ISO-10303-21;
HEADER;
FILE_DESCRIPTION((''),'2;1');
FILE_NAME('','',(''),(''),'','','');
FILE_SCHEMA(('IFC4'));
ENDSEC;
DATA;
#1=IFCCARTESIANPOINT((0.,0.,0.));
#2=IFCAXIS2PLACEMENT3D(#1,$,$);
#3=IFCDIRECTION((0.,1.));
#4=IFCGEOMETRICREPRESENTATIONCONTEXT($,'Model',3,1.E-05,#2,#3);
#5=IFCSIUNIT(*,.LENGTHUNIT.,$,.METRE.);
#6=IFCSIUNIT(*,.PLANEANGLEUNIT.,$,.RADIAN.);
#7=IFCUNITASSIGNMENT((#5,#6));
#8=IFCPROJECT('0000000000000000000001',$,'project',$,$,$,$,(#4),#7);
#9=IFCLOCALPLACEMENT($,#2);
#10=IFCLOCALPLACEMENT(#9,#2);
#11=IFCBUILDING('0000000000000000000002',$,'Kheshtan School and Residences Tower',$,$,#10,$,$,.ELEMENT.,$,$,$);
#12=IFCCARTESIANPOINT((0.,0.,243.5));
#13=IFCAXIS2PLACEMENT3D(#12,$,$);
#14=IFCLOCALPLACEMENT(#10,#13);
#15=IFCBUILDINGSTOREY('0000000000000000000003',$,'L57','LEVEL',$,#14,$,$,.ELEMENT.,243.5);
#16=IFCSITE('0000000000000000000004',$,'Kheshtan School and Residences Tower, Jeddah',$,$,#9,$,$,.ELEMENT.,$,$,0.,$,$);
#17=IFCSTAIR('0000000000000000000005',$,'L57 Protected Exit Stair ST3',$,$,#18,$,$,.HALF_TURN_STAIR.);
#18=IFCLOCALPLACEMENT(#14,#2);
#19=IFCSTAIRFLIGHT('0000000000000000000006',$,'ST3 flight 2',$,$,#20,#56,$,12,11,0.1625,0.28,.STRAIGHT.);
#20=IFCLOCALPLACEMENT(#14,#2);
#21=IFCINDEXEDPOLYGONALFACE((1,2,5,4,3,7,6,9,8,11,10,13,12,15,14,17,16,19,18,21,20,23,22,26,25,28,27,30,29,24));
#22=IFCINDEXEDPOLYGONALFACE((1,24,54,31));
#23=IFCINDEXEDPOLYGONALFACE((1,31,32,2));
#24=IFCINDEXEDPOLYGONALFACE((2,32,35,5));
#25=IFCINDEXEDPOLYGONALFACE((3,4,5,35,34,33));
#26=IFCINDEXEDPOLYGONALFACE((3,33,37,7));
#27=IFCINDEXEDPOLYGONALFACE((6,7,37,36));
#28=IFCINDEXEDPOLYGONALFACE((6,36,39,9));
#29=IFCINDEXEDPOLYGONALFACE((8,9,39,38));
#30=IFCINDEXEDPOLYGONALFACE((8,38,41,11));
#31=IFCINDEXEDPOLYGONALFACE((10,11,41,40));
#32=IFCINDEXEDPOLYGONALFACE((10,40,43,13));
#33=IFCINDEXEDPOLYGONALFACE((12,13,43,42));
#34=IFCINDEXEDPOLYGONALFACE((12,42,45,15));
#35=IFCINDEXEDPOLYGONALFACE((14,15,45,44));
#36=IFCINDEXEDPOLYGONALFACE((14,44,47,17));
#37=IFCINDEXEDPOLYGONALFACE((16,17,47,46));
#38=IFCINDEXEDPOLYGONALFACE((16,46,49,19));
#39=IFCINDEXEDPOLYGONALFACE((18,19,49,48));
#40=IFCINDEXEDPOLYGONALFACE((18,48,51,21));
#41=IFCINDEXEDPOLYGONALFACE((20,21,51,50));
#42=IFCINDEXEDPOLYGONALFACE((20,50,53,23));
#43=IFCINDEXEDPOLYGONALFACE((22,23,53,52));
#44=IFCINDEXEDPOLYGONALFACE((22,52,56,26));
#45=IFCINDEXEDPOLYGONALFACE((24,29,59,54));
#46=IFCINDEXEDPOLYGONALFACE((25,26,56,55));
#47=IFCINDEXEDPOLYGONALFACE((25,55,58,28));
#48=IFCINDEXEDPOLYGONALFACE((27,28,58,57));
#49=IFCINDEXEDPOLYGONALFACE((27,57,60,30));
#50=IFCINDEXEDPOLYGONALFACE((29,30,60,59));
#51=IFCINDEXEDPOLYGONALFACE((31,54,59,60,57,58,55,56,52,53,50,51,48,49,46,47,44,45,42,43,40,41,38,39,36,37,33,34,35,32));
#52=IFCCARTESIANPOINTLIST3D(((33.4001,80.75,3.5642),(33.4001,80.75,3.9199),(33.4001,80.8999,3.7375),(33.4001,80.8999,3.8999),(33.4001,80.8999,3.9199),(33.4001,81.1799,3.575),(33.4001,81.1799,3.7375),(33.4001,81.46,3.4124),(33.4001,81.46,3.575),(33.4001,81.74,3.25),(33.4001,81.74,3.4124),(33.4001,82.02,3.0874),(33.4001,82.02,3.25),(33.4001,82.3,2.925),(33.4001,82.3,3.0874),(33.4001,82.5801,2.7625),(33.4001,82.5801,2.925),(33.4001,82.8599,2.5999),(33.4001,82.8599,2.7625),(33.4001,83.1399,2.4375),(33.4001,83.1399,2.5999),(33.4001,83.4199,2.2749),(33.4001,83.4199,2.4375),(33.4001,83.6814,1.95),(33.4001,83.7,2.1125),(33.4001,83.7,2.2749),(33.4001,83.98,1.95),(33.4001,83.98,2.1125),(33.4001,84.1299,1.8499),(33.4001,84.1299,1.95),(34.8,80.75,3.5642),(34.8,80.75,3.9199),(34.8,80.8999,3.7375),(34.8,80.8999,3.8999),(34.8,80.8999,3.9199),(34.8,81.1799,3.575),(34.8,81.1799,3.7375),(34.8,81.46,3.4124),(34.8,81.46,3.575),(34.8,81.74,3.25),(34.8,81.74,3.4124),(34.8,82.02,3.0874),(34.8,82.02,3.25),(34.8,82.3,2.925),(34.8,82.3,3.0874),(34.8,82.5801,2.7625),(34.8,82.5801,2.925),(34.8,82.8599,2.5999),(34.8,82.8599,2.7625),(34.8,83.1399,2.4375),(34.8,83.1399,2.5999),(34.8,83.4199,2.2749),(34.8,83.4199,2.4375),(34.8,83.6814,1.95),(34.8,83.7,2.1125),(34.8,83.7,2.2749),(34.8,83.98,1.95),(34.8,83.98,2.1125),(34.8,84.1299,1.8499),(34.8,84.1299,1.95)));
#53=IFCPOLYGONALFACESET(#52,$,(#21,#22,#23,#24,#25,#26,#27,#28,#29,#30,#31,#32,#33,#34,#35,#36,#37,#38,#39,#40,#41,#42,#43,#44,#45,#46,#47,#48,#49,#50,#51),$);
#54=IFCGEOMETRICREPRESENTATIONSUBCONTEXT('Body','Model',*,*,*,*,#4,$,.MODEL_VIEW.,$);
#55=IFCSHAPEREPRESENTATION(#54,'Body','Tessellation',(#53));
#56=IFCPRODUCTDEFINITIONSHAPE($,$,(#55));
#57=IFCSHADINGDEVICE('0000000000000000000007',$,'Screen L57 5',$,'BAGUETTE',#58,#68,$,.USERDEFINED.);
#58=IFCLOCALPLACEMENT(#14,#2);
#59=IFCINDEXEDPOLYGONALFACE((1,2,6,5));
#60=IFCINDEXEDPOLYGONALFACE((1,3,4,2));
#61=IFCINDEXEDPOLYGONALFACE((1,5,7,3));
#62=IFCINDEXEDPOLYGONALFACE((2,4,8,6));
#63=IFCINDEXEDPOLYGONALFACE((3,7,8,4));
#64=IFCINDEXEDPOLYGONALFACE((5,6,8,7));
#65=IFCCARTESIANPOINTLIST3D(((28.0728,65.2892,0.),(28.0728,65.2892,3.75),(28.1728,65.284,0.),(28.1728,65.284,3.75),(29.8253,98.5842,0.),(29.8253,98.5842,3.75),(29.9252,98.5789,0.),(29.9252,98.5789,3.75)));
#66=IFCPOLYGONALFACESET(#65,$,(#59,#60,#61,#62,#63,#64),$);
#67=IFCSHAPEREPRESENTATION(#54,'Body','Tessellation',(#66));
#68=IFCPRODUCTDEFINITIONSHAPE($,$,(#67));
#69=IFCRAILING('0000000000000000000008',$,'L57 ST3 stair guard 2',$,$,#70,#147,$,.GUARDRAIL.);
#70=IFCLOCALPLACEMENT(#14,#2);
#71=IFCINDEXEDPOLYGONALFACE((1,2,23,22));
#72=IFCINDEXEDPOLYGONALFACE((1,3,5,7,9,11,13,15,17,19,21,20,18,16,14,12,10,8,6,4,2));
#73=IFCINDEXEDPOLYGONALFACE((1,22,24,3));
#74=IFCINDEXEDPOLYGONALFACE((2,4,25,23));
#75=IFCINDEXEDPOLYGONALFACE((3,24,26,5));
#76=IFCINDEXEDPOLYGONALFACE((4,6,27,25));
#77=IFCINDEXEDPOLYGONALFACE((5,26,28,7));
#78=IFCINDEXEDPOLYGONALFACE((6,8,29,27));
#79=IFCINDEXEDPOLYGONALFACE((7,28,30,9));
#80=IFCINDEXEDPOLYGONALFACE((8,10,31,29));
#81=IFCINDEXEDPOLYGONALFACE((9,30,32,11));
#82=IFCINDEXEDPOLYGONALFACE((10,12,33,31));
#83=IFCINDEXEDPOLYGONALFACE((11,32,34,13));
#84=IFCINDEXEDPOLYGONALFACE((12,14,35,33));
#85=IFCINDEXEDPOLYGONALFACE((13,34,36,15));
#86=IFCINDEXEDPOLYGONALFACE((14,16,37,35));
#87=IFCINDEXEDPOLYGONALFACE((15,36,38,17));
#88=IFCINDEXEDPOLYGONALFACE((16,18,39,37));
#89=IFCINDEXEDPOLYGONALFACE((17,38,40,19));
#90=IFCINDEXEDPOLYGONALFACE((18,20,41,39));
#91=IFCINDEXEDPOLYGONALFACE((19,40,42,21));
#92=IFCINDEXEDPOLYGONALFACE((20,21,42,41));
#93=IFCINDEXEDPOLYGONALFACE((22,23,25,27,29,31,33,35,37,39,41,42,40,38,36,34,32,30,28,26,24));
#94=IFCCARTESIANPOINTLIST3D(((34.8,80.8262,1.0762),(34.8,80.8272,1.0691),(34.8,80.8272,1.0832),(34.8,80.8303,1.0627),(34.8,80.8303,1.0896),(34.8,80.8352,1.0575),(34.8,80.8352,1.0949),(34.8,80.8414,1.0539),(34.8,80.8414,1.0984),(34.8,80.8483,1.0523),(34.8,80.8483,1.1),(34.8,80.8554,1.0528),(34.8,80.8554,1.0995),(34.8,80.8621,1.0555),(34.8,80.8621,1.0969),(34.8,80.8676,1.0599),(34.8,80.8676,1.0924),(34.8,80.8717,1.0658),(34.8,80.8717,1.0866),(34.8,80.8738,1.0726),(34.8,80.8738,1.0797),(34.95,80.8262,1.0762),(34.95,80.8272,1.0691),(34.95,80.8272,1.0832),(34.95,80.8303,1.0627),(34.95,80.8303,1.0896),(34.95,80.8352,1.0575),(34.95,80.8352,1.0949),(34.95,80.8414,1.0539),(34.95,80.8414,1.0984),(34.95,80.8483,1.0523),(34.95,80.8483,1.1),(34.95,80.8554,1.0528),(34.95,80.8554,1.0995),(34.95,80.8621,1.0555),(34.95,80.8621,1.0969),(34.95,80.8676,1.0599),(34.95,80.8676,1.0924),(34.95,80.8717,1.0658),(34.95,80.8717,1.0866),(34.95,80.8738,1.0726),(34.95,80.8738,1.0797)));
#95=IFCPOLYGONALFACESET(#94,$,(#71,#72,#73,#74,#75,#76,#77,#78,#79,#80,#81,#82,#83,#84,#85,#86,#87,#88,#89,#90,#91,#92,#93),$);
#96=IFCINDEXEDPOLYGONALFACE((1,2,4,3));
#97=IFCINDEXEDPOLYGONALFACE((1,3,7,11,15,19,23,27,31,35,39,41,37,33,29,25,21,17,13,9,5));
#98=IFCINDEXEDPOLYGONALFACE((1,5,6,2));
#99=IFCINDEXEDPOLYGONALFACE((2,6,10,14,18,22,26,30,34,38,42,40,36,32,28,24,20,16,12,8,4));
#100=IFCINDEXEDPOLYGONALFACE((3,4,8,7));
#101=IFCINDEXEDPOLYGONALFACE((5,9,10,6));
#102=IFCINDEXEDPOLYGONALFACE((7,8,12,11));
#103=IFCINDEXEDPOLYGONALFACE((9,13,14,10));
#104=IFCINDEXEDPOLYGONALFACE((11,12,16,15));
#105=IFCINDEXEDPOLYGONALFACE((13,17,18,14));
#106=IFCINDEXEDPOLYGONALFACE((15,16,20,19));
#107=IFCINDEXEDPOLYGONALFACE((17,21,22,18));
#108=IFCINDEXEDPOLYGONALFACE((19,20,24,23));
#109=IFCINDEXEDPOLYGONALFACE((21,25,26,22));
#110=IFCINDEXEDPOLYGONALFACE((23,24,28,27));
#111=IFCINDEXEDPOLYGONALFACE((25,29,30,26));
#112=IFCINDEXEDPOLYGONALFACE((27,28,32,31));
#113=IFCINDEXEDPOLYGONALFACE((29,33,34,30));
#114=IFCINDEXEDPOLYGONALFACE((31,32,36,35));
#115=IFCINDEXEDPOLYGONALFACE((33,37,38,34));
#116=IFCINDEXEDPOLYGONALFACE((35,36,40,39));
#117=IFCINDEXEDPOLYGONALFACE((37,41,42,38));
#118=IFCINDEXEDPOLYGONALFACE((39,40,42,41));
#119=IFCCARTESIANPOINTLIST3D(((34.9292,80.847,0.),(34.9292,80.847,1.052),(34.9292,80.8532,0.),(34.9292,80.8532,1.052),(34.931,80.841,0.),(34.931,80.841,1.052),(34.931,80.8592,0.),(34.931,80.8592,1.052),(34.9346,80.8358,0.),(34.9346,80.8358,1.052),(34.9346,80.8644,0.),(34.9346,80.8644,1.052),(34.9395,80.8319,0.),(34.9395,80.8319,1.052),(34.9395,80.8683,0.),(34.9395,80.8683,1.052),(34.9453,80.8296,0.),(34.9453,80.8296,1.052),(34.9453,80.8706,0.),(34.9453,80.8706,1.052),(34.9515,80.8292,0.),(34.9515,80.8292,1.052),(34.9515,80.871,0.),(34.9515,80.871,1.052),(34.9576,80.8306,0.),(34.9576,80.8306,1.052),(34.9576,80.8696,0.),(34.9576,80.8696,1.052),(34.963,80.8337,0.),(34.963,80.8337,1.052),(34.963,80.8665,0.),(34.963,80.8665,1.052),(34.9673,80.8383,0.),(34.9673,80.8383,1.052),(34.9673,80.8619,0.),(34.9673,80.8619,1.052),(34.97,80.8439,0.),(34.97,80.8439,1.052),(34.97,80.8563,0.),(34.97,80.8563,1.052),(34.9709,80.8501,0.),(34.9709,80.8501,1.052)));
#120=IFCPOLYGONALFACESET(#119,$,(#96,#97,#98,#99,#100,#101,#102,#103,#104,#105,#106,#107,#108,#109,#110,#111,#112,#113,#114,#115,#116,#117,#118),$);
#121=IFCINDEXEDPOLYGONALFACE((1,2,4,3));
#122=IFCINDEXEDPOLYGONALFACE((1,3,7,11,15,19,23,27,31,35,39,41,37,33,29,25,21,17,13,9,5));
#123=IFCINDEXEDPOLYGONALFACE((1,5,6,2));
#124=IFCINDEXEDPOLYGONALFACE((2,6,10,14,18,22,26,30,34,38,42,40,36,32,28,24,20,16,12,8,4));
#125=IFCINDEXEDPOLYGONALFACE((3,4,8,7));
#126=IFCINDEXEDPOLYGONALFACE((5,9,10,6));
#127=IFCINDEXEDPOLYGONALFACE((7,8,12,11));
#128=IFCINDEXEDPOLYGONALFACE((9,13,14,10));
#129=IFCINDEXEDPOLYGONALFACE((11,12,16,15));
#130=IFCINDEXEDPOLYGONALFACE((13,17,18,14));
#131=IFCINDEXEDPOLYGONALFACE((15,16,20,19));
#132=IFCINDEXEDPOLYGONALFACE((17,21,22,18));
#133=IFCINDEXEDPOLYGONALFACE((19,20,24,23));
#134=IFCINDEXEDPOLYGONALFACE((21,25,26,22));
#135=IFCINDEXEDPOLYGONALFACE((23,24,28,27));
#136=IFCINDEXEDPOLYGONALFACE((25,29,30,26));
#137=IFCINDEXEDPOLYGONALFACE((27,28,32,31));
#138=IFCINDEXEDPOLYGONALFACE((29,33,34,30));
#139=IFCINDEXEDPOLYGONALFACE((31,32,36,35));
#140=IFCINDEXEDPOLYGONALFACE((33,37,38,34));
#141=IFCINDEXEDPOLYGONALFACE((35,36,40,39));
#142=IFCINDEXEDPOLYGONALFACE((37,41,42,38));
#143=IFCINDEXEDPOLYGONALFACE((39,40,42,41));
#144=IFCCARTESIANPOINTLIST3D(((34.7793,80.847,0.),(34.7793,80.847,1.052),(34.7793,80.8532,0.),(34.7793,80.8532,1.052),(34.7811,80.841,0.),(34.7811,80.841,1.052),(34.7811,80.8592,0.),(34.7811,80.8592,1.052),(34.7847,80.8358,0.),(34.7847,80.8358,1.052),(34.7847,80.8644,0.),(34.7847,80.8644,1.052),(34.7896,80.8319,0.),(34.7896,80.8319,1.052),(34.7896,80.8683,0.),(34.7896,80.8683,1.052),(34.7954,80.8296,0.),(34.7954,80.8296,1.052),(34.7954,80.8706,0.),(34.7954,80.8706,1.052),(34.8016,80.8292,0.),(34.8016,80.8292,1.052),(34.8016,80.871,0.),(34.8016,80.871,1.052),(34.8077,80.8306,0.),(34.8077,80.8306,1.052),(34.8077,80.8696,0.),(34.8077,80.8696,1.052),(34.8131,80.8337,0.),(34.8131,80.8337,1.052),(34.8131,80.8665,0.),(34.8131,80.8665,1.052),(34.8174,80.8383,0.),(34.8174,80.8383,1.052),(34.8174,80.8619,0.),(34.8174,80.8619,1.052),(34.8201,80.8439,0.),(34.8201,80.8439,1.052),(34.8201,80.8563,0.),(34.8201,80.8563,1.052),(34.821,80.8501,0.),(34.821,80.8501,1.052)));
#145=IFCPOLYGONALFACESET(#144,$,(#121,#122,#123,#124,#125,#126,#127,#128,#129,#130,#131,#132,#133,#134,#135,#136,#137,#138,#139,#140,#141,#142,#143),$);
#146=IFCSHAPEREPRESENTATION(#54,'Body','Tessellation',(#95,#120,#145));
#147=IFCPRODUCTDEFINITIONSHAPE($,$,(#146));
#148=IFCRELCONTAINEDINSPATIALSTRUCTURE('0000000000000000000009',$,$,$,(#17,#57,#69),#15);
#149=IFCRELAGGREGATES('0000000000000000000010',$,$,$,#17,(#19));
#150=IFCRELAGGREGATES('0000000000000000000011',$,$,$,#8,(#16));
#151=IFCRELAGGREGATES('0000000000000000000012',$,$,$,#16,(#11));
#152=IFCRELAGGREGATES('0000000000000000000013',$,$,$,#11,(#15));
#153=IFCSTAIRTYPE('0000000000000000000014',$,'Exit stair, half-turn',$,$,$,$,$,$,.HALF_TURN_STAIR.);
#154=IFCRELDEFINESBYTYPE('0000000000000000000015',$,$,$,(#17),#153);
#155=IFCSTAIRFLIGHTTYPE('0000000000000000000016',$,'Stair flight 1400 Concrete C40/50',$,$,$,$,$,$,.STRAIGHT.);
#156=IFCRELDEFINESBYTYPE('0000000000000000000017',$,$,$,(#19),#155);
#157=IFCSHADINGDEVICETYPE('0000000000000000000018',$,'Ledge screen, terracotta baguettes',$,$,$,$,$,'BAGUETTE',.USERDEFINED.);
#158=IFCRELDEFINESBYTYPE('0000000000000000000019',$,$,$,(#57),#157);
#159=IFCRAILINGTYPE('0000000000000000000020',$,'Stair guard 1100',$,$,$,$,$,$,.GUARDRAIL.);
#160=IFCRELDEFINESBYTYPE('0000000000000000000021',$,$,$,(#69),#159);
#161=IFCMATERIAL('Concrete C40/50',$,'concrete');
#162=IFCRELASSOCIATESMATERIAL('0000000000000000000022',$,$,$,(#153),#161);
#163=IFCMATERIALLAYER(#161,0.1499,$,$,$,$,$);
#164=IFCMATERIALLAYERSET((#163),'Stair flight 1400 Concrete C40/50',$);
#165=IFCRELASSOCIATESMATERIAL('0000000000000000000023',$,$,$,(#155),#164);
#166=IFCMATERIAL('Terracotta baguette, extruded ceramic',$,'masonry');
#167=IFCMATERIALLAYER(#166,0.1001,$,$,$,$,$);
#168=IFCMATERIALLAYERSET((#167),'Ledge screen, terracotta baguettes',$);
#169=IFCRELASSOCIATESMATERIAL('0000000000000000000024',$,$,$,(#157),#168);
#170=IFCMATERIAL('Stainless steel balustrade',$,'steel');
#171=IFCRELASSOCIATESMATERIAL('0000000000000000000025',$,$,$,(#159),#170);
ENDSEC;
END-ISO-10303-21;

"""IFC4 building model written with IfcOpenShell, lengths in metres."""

from ifc_helpers import new_model, si_unit, direction, frame, origin, origin_2d, place, context, subcontext, project, spatial, polyline, rectangle, circle, outline, extrude, material, layer, layer_set, type_object, element, aggregate, save


model = new_model("IFC4")

# Units and contexts
model_context = context("Model", 3, precision=1e-05, world=origin(), true_north=direction((0.0, 1.0)))
body_context = subcontext(model_context, "Body", "Model", "MODEL_VIEW")
ifc_project = project(units=[si_unit("LENGTHUNIT", "METRE"), si_unit("PLANEANGLEUNIT", "RADIAN")], contexts=[model_context])

# Site, building, storey
site_placement = place(None, origin())
site = spatial("IfcSite", under=ifc_project, at=site_placement, Name="Kheshtan School and Residences Tower, Jeddah", CompositionType="ELEMENT", RefElevation=0.0)
building_placement = place(site_placement, origin())
building = spatial("IfcBuilding", under=site, at=building_placement, Name="Kheshtan School and Residences Tower", CompositionType="ELEMENT")
storey_placement = place(building_placement, frame((0.0, 0.0, 243.5)))
storey = spatial("IfcBuildingStorey", under=building, at=storey_placement, Name="L57", Description="LEVEL", CompositionType="ELEMENT", Elevation=243.5)

# Shared definitions
ifc_material_1 = material(Name="Concrete C40/50", Category="concrete")

# Stair, stair flight
stair_type = type_object("IfcStairType", Name="Exit stair, half-turn", PredefinedType="HALF_TURN_STAIR", material=ifc_material_1)
stair_placement = place(storey_placement, origin())
stair = element("IfcStair", 1, at=stair_placement, inside=storey, type_object=stair_type, Name="L57 Protected Exit Stair ST3", PredefinedType="HALF_TURN_STAIR")
ifc_layer_1 = layer(ifc_material_1, 0.1499)
ifc_layer_set_1 = layer_set([ifc_layer_1], Name="Stair flight 1400 Concrete C40/50")
stair_flight_type = type_object("IfcStairFlightType", Name="Stair flight 1400 Concrete C40/50", PredefinedType="STRAIGHT", material=ifc_layer_set_1)
stair_flight_1_placement = place(storey_placement, frame((34.1001, 83.98, 1.95), z_axis=(0.0, 0.0, 1.0), x_axis=(0.0, -1.0, 0.0)))
stair_flight_1 = element("IfcStairFlight", 2, at=stair_flight_1_placement, type_object=stair_flight_type, Name="ST3 flight 2", NumberOfRisers=12, NumberOfTreads=11, PredefinedType="STRAIGHT", RiserHeight=0.1625, TreadLength=0.28, context=body_context, shape_type="SweptSolid", body=[
    extrude(outline(polyline([(-0.1499, -0.1001), (-0.1499, 0.0), (0.0, 0.0), (0.0, 0.1626), (0.28, 0.1626), (0.28, 0.325), (0.5601, 0.325), (0.5601, 0.4875), (0.8401, 0.4875), (0.8401, 0.6499), (1.1201, 0.6499), (1.1201, 0.8125), (1.3999, 0.8125), (1.3999, 0.9751), (1.6799, 0.9751), (1.6799, 1.1375), (1.96, 1.1375), (1.96, 1.3), (2.24, 1.3), (2.24, 1.4624), (2.52, 1.4624), (2.52, 1.625), (2.8, 1.625), (2.8, 1.7876), (3.0801, 1.7876), (3.0801, 1.95), (3.0801, 1.97), (3.23, 1.97), (3.23, 1.6143), (0.2986, 0.0), (-0.1499, -0.1001)])), frame((0.0, 0.7, 0.0), z_axis=(0.0, -1.0, 0.0), x_axis=(1.0, 0.0, 0.0)), (0.0, 0.0, 1.0), 1.3999),
])
aggregate(stair, [stair_flight_1])

# Shading device
ifc_material_2 = material(Name="Terracotta baguette, extruded ceramic", Category="masonry")
ifc_layer_2 = layer(ifc_material_2, 0.1001)
ifc_layer_set_2 = layer_set([ifc_layer_2], Name="Ledge screen, terracotta baguettes")
shading_device_type = type_object("IfcShadingDeviceType", Name="Ledge screen, terracotta baguettes", ElementType="BAGUETTE", PredefinedType="USERDEFINED", material=ifc_layer_set_2)
shading_device_placement = place(storey_placement, frame((28.999, 81.9341, 0.0), z_axis=(0.0, 0.0, 1.0), x_axis=(0.052563, 0.998618, 0.0)))
element("IfcShadingDevice", 3, at=shading_device_placement, inside=storey, type_object=shading_device_type, Name="Screen L57 5", ObjectType="BAGUETTE", PredefinedType="USERDEFINED", context=body_context, shape_type="SweptSolid", body=[
    extrude(rectangle(XDim=33.3411, YDim=0.1001, at=origin_2d()), origin(), (0.0, 0.0, 1.0), 3.75),
])

# Railing
ifc_material_3 = material(Name="Stainless steel balustrade", Category="steel")
railing_type_1 = type_object("IfcRailingType", Name="Stair guard 1100", PredefinedType="GUARDRAIL", material=ifc_material_3)
railing_1_placement = place(storey_placement, frame((34.95, 80.8501, 0.0)))
element("IfcRailing", 4, at=railing_1_placement, inside=storey, type_object=railing_type_1, Name="L57 ST3 stair guard 2", PredefinedType="GUARDRAIL", context=body_context, shape_type="SweptSolid", body=[
    extrude(circle(Radius=0.0239, at=origin_2d()), frame((0.0, 0.0, 1.0762), z_axis=(-1.0, 0.0, 0.0), x_axis=(0.0, -1.0, 0.0)), (0.0, 0.0, 1.0), 0.1499),
    extrude(circle(Radius=0.021, at=origin_2d()), origin(), (0.0, 0.0, 1.0), 1.052),
    extrude(circle(Radius=0.021, at=origin_2d()), frame((-0.1499, 0.0, 0.0)), (0.0, 0.0, 1.0), 1.052),
])

save(model, "model.ifc")
